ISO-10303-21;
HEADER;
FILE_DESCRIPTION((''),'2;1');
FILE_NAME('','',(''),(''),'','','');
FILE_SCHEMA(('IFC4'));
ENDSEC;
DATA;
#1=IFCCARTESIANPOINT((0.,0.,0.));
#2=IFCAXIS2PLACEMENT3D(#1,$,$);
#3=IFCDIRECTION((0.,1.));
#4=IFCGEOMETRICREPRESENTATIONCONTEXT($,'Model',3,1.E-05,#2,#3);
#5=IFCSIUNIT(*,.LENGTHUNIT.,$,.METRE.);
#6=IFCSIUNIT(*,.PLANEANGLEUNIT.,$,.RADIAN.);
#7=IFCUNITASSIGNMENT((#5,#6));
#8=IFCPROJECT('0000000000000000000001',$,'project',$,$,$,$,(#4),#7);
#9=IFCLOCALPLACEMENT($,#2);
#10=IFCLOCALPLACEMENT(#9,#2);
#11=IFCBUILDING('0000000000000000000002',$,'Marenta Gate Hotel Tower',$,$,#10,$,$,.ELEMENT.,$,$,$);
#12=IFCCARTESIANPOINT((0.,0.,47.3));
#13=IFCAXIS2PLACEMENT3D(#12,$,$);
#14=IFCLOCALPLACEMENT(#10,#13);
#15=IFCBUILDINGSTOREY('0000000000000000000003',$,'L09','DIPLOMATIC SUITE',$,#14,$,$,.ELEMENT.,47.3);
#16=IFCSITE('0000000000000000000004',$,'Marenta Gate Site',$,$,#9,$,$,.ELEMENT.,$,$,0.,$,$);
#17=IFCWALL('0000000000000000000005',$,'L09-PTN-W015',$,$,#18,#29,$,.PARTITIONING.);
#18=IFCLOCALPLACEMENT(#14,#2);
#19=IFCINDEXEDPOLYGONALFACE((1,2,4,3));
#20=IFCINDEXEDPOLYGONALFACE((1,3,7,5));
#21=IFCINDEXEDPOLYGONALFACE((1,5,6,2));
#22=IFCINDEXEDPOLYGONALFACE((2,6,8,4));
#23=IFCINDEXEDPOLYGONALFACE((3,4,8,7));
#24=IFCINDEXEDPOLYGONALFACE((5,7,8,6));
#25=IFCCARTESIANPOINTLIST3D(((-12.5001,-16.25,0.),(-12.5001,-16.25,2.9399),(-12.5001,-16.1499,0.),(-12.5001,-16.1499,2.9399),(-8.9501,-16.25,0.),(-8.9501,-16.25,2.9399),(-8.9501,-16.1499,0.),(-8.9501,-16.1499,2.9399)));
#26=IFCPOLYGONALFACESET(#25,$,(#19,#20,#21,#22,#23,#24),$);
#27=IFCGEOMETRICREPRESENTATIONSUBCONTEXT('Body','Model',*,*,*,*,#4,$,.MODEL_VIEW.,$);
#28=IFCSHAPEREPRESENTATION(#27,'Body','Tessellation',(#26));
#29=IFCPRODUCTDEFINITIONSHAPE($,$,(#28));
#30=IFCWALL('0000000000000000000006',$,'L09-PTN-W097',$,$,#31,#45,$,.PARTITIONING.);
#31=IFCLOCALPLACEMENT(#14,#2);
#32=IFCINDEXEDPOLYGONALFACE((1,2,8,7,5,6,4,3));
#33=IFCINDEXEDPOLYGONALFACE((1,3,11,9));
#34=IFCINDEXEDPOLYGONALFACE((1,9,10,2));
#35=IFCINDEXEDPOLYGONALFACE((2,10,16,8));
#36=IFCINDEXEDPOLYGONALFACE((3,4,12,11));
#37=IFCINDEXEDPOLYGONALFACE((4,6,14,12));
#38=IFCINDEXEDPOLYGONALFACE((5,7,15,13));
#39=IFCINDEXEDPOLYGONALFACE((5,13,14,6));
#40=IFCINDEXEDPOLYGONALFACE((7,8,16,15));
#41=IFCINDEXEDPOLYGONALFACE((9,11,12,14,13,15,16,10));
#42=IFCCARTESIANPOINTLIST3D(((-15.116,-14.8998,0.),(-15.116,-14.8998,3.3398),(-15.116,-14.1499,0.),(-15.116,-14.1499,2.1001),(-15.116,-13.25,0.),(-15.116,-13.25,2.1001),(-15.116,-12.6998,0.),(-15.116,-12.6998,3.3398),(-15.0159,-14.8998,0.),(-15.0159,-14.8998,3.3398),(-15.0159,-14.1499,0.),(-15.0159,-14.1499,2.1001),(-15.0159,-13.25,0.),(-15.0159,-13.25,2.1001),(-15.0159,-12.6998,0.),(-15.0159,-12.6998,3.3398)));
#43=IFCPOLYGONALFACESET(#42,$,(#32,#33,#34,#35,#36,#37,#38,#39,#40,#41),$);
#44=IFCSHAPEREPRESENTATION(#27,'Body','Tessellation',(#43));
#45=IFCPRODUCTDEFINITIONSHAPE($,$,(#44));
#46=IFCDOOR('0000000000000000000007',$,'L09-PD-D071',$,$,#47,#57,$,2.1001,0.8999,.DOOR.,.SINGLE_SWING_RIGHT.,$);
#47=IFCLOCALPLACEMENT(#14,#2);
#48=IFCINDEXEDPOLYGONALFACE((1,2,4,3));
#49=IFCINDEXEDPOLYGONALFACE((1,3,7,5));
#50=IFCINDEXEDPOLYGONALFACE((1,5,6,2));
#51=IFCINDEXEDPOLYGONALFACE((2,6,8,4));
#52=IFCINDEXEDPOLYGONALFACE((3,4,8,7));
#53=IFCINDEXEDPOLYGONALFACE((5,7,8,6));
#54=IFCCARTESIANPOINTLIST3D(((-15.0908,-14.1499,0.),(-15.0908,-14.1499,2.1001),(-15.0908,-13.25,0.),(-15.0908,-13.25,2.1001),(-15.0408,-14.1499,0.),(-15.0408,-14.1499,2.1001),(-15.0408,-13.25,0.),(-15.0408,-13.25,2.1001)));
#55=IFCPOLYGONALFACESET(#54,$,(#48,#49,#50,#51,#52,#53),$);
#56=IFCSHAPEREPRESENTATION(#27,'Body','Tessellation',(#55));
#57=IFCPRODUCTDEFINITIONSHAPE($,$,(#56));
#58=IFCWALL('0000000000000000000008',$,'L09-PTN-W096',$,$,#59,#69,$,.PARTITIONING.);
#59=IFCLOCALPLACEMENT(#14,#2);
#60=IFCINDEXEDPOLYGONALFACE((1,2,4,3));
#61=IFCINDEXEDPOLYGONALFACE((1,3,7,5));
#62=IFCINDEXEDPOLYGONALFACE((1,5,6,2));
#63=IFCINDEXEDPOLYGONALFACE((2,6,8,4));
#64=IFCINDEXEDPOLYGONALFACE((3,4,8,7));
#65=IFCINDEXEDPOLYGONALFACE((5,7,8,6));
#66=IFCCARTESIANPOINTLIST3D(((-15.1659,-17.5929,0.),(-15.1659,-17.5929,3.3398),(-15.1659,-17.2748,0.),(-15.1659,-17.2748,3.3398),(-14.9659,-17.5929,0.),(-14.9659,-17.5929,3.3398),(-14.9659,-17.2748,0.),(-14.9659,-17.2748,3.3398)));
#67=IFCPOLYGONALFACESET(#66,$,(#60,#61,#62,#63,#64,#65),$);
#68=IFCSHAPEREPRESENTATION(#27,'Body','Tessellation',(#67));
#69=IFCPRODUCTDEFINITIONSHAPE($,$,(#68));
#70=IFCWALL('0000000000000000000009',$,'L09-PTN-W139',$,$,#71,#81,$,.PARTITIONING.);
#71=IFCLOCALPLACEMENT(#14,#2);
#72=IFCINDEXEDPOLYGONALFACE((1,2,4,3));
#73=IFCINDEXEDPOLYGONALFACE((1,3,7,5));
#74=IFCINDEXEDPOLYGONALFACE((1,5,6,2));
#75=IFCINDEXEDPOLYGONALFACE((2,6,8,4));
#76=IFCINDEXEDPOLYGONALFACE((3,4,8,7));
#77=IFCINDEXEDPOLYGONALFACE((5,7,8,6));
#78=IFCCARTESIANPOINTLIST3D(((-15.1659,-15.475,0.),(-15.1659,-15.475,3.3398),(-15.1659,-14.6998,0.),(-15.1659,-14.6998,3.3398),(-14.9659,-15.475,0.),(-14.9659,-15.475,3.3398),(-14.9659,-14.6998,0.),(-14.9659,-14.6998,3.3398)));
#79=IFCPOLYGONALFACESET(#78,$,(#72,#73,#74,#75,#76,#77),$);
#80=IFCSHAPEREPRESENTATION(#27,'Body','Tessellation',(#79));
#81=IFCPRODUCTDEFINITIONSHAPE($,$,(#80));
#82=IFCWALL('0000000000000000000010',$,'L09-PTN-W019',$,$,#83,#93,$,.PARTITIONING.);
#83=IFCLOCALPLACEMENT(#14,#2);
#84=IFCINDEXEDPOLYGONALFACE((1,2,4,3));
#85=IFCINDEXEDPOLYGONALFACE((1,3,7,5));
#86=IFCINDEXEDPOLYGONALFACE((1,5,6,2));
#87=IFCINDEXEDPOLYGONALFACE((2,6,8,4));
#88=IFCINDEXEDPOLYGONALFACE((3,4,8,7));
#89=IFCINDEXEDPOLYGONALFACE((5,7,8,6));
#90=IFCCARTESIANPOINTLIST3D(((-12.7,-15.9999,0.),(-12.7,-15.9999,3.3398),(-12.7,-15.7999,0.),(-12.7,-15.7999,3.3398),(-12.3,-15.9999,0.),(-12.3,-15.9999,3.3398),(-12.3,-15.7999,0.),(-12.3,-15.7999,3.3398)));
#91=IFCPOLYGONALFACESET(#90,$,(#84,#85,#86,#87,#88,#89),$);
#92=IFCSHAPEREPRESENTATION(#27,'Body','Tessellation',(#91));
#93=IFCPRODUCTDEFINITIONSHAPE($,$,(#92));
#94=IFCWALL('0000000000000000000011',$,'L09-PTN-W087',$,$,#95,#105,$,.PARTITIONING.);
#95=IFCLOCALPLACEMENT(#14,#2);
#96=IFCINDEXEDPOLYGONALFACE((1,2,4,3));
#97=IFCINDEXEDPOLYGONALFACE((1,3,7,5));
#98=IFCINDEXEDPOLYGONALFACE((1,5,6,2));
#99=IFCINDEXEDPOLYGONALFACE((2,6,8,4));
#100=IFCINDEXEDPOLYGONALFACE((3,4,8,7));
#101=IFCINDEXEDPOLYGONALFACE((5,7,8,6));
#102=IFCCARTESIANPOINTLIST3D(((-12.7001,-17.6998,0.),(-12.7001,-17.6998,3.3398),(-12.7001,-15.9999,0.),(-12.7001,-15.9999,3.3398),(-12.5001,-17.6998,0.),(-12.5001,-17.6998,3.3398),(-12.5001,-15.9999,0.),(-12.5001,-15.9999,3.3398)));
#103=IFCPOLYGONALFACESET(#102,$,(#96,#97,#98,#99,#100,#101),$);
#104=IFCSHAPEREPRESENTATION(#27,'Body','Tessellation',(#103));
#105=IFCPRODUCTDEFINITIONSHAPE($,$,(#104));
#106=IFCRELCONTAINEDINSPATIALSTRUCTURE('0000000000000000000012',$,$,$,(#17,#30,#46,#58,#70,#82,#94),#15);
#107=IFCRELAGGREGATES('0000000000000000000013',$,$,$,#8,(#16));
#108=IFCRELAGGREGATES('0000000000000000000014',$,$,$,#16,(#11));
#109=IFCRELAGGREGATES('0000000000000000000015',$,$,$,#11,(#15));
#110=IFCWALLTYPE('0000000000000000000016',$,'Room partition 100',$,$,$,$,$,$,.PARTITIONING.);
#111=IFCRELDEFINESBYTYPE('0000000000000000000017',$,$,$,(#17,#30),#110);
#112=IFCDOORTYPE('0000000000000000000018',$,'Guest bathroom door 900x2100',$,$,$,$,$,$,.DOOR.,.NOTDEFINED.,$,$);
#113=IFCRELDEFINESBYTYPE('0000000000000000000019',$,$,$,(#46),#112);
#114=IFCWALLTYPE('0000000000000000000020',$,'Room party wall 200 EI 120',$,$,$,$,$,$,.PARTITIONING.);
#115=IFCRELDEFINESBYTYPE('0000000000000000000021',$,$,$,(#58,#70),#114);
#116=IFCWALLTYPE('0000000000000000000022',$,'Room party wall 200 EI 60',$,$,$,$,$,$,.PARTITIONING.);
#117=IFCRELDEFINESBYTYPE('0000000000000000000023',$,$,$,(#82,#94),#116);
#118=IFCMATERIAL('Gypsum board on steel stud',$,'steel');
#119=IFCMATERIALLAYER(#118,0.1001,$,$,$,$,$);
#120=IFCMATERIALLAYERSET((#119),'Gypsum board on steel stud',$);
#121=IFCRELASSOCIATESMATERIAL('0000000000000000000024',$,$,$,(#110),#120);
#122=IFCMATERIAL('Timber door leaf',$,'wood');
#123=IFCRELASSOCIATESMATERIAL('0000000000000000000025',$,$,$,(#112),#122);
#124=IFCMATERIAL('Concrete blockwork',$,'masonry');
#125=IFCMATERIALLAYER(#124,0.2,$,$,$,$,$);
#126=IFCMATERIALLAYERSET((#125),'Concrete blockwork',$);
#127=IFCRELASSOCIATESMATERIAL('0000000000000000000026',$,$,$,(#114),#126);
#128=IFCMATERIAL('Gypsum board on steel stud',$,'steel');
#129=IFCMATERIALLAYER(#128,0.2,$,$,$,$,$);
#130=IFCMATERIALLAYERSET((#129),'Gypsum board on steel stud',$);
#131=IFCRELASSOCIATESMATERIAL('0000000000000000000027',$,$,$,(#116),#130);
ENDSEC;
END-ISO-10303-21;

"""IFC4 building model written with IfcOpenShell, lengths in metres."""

from ifc_helpers import new_model, si_unit, direction, frame, frame_2d, origin, place, context, subcontext, project, spatial, rectangle, extrude, material, layer, layer_set, type_object, element, fill, save


model = new_model("IFC4")

# Units and contexts
model_context = context("Model", 3, precision=1e-05, world=origin(), true_north=direction((0.0, 1.0)))
body_context = subcontext(model_context, "Body", "Model", "MODEL_VIEW")
ifc_project = project(units=[si_unit("LENGTHUNIT", "METRE"), si_unit("PLANEANGLEUNIT", "RADIAN")], contexts=[model_context])

# Site, building, storey
site_placement = place(None, origin())
site = spatial("IfcSite", under=ifc_project, at=site_placement, Name="Marenta Gate Site", CompositionType="ELEMENT", RefElevation=0.0)
building_placement = place(site_placement, origin())
building = spatial("IfcBuilding", under=site, at=building_placement, Name="Marenta Gate Hotel Tower", CompositionType="ELEMENT")
storey_placement = place(building_placement, frame((0.0, 0.0, 47.3)))
storey = spatial("IfcBuildingStorey", under=building, at=storey_placement, Name="L09", Description="DIPLOMATIC SUITE", CompositionType="ELEMENT", Elevation=47.3)

# Wall
ifc_material_1 = material(Name="Gypsum board on steel stud", Category="steel")
ifc_layer_1 = layer(ifc_material_1, 0.1001)
ifc_layer_set_1 = layer_set([ifc_layer_1], Name="Gypsum board on steel stud")
wall_type_1 = type_object("IfcWallType", Name="Room partition 100", PredefinedType="PARTITIONING", material=ifc_layer_set_1)
wall_1_placement = place(storey_placement, frame((-12.5, -16.2, 0.0), z_axis=(0.0, 0.0, 1.0), x_axis=(1.0, 0.0, 0.0)))
element("IfcWall", 1, at=wall_1_placement, inside=storey, type_object=wall_type_1, Name="L09-PTN-W015", PredefinedType="PARTITIONING", context=body_context, shape_type="SweptSolid", body=[
    extrude(rectangle(XDim=3.55, YDim=0.1001, at=frame_2d((1.7749, 0.0))), origin(), (0.0, 0.0, 1.0), 2.9399),
])

# Wall, opening, door
wall_2_placement = place(storey_placement, frame((-15.0659, -14.8999, 0.0), z_axis=(0.0, 0.0, 1.0), x_axis=(0.0, 1.0, 0.0)))
wall_2 = element("IfcWall", 2, at=wall_2_placement, inside=storey, type_object=wall_type_1, Name="L09-PTN-W097", PredefinedType="PARTITIONING", context=body_context, shape_type="SweptSolid", body=[
    extrude(rectangle(XDim=2.2, YDim=0.1001, at=frame_2d((1.1001, 0.0))), origin(), (0.0, 0.0, 1.0), 3.3398),
])
opening_placement = place(wall_2_placement, frame((0.75, 0.0, 0.0)))
opening = element("IfcOpeningElement", 3, at=opening_placement, cuts=wall_2, PredefinedType="OPENING", context=body_context, shape_type="SweptSolid", body=[
    extrude(rectangle(XDim=0.8999, YDim=2.1001, at=frame_2d((0.45, 1.05))), frame((0.0, 0.05, 0.0), z_axis=(0.0, -1.0, 0.0), x_axis=(1.0, 0.0, 0.0)), (0.0, 0.0, 1.0), 0.1001),
])
ifc_material_2 = material(Name="Timber door leaf", Category="wood")
door_type = type_object("IfcDoorType", Name="Guest bathroom door 900x2100", OperationType="NOTDEFINED", PredefinedType="DOOR", material=ifc_material_2)
door_placement = place(opening_placement, origin())
door = element("IfcDoor", 4, at=door_placement, inside=storey, type_object=door_type, Name="L09-PD-D071", OperationType="SINGLE_SWING_RIGHT", OverallHeight=2.1001, OverallWidth=0.8999, PredefinedType="DOOR", context=body_context, shape_type="SweptSolid", body=[
    extrude(rectangle(XDim=0.8999, YDim=2.1001, at=frame_2d((0.45, 1.05))), frame((0.0, 0.0249, 0.0), z_axis=(0.0, -1.0, 0.0), x_axis=(1.0, 0.0, 0.0)), (0.0, 0.0, 1.0), 0.05),
])
fill(opening, door)

# Walls
ifc_material_3 = material(Name="Concrete blockwork", Category="masonry")
ifc_layer_2 = layer(ifc_material_3, 0.2)
ifc_layer_set_2 = layer_set([ifc_layer_2], Name="Concrete blockwork")
wall_type_2 = type_object("IfcWallType", Name="Room party wall 200 EI 120", PredefinedType="PARTITIONING", material=ifc_layer_set_2)
wall_3_placement = place(storey_placement, frame((-15.0659, -17.593, 0.0), z_axis=(0.0, 0.0, 1.0), x_axis=(0.0, 1.0, 0.0)))
element("IfcWall", 5, at=wall_3_placement, inside=storey, type_object=wall_type_2, Name="L09-PTN-W096", PredefinedType="PARTITIONING", context=body_context, shape_type="SweptSolid", body=[
    extrude(rectangle(XDim=0.3181, YDim=0.2, at=frame_2d((0.1592, 0.0))), origin(), (0.0, 0.0, 1.0), 3.3398),
])
wall_4_placement = place(storey_placement, frame((-15.0659, -15.4751, 0.0), z_axis=(0.0, 0.0, 1.0), x_axis=(0.0, 1.0, 0.0)))
element("IfcWall", 6, at=wall_4_placement, inside=storey, type_object=wall_type_2, Name="L09-PTN-W139", PredefinedType="PARTITIONING", context=body_context, shape_type="SweptSolid", body=[
    extrude(rectangle(XDim=0.7751, YDim=0.2, at=frame_2d((0.3877, 0.0))), origin(), (0.0, 0.0, 1.0), 3.3398),
])
ifc_material_4 = material(Name="Gypsum board on steel stud", Category="steel")
ifc_layer_3 = layer(ifc_material_4, 0.2)
ifc_layer_set_3 = layer_set([ifc_layer_3], Name="Gypsum board on steel stud")
wall_type_3 = type_object("IfcWallType", Name="Room party wall 200 EI 60", PredefinedType="PARTITIONING", material=ifc_layer_set_3)
wall_5_placement = place(storey_placement, frame((-12.7, -15.8999, 0.0), z_axis=(0.0, 0.0, 1.0), x_axis=(1.0, 0.0, 0.0)))
element("IfcWall", 7, at=wall_5_placement, inside=storey, type_object=wall_type_3, Name="L09-PTN-W019", PredefinedType="PARTITIONING", context=body_context, shape_type="SweptSolid", body=[
    extrude(rectangle(XDim=0.3999, YDim=0.2, at=frame_2d((0.2, 0.0))), origin(), (0.0, 0.0, 1.0), 3.3398),
])
wall_6_placement = place(storey_placement, frame((-12.6001, -17.7, 0.0), z_axis=(0.0, 0.0, 1.0), x_axis=(0.0, 1.0, 0.0)))
element("IfcWall", 8, at=wall_6_placement, inside=storey, type_object=wall_type_3, Name="L09-PTN-W087", PredefinedType="PARTITIONING", context=body_context, shape_type="SweptSolid", body=[
    extrude(rectangle(XDim=1.7, YDim=0.2, at=frame_2d((0.8501, 0.0))), origin(), (0.0, 0.0, 1.0), 3.3398),
])

save(model, "model.ifc")
